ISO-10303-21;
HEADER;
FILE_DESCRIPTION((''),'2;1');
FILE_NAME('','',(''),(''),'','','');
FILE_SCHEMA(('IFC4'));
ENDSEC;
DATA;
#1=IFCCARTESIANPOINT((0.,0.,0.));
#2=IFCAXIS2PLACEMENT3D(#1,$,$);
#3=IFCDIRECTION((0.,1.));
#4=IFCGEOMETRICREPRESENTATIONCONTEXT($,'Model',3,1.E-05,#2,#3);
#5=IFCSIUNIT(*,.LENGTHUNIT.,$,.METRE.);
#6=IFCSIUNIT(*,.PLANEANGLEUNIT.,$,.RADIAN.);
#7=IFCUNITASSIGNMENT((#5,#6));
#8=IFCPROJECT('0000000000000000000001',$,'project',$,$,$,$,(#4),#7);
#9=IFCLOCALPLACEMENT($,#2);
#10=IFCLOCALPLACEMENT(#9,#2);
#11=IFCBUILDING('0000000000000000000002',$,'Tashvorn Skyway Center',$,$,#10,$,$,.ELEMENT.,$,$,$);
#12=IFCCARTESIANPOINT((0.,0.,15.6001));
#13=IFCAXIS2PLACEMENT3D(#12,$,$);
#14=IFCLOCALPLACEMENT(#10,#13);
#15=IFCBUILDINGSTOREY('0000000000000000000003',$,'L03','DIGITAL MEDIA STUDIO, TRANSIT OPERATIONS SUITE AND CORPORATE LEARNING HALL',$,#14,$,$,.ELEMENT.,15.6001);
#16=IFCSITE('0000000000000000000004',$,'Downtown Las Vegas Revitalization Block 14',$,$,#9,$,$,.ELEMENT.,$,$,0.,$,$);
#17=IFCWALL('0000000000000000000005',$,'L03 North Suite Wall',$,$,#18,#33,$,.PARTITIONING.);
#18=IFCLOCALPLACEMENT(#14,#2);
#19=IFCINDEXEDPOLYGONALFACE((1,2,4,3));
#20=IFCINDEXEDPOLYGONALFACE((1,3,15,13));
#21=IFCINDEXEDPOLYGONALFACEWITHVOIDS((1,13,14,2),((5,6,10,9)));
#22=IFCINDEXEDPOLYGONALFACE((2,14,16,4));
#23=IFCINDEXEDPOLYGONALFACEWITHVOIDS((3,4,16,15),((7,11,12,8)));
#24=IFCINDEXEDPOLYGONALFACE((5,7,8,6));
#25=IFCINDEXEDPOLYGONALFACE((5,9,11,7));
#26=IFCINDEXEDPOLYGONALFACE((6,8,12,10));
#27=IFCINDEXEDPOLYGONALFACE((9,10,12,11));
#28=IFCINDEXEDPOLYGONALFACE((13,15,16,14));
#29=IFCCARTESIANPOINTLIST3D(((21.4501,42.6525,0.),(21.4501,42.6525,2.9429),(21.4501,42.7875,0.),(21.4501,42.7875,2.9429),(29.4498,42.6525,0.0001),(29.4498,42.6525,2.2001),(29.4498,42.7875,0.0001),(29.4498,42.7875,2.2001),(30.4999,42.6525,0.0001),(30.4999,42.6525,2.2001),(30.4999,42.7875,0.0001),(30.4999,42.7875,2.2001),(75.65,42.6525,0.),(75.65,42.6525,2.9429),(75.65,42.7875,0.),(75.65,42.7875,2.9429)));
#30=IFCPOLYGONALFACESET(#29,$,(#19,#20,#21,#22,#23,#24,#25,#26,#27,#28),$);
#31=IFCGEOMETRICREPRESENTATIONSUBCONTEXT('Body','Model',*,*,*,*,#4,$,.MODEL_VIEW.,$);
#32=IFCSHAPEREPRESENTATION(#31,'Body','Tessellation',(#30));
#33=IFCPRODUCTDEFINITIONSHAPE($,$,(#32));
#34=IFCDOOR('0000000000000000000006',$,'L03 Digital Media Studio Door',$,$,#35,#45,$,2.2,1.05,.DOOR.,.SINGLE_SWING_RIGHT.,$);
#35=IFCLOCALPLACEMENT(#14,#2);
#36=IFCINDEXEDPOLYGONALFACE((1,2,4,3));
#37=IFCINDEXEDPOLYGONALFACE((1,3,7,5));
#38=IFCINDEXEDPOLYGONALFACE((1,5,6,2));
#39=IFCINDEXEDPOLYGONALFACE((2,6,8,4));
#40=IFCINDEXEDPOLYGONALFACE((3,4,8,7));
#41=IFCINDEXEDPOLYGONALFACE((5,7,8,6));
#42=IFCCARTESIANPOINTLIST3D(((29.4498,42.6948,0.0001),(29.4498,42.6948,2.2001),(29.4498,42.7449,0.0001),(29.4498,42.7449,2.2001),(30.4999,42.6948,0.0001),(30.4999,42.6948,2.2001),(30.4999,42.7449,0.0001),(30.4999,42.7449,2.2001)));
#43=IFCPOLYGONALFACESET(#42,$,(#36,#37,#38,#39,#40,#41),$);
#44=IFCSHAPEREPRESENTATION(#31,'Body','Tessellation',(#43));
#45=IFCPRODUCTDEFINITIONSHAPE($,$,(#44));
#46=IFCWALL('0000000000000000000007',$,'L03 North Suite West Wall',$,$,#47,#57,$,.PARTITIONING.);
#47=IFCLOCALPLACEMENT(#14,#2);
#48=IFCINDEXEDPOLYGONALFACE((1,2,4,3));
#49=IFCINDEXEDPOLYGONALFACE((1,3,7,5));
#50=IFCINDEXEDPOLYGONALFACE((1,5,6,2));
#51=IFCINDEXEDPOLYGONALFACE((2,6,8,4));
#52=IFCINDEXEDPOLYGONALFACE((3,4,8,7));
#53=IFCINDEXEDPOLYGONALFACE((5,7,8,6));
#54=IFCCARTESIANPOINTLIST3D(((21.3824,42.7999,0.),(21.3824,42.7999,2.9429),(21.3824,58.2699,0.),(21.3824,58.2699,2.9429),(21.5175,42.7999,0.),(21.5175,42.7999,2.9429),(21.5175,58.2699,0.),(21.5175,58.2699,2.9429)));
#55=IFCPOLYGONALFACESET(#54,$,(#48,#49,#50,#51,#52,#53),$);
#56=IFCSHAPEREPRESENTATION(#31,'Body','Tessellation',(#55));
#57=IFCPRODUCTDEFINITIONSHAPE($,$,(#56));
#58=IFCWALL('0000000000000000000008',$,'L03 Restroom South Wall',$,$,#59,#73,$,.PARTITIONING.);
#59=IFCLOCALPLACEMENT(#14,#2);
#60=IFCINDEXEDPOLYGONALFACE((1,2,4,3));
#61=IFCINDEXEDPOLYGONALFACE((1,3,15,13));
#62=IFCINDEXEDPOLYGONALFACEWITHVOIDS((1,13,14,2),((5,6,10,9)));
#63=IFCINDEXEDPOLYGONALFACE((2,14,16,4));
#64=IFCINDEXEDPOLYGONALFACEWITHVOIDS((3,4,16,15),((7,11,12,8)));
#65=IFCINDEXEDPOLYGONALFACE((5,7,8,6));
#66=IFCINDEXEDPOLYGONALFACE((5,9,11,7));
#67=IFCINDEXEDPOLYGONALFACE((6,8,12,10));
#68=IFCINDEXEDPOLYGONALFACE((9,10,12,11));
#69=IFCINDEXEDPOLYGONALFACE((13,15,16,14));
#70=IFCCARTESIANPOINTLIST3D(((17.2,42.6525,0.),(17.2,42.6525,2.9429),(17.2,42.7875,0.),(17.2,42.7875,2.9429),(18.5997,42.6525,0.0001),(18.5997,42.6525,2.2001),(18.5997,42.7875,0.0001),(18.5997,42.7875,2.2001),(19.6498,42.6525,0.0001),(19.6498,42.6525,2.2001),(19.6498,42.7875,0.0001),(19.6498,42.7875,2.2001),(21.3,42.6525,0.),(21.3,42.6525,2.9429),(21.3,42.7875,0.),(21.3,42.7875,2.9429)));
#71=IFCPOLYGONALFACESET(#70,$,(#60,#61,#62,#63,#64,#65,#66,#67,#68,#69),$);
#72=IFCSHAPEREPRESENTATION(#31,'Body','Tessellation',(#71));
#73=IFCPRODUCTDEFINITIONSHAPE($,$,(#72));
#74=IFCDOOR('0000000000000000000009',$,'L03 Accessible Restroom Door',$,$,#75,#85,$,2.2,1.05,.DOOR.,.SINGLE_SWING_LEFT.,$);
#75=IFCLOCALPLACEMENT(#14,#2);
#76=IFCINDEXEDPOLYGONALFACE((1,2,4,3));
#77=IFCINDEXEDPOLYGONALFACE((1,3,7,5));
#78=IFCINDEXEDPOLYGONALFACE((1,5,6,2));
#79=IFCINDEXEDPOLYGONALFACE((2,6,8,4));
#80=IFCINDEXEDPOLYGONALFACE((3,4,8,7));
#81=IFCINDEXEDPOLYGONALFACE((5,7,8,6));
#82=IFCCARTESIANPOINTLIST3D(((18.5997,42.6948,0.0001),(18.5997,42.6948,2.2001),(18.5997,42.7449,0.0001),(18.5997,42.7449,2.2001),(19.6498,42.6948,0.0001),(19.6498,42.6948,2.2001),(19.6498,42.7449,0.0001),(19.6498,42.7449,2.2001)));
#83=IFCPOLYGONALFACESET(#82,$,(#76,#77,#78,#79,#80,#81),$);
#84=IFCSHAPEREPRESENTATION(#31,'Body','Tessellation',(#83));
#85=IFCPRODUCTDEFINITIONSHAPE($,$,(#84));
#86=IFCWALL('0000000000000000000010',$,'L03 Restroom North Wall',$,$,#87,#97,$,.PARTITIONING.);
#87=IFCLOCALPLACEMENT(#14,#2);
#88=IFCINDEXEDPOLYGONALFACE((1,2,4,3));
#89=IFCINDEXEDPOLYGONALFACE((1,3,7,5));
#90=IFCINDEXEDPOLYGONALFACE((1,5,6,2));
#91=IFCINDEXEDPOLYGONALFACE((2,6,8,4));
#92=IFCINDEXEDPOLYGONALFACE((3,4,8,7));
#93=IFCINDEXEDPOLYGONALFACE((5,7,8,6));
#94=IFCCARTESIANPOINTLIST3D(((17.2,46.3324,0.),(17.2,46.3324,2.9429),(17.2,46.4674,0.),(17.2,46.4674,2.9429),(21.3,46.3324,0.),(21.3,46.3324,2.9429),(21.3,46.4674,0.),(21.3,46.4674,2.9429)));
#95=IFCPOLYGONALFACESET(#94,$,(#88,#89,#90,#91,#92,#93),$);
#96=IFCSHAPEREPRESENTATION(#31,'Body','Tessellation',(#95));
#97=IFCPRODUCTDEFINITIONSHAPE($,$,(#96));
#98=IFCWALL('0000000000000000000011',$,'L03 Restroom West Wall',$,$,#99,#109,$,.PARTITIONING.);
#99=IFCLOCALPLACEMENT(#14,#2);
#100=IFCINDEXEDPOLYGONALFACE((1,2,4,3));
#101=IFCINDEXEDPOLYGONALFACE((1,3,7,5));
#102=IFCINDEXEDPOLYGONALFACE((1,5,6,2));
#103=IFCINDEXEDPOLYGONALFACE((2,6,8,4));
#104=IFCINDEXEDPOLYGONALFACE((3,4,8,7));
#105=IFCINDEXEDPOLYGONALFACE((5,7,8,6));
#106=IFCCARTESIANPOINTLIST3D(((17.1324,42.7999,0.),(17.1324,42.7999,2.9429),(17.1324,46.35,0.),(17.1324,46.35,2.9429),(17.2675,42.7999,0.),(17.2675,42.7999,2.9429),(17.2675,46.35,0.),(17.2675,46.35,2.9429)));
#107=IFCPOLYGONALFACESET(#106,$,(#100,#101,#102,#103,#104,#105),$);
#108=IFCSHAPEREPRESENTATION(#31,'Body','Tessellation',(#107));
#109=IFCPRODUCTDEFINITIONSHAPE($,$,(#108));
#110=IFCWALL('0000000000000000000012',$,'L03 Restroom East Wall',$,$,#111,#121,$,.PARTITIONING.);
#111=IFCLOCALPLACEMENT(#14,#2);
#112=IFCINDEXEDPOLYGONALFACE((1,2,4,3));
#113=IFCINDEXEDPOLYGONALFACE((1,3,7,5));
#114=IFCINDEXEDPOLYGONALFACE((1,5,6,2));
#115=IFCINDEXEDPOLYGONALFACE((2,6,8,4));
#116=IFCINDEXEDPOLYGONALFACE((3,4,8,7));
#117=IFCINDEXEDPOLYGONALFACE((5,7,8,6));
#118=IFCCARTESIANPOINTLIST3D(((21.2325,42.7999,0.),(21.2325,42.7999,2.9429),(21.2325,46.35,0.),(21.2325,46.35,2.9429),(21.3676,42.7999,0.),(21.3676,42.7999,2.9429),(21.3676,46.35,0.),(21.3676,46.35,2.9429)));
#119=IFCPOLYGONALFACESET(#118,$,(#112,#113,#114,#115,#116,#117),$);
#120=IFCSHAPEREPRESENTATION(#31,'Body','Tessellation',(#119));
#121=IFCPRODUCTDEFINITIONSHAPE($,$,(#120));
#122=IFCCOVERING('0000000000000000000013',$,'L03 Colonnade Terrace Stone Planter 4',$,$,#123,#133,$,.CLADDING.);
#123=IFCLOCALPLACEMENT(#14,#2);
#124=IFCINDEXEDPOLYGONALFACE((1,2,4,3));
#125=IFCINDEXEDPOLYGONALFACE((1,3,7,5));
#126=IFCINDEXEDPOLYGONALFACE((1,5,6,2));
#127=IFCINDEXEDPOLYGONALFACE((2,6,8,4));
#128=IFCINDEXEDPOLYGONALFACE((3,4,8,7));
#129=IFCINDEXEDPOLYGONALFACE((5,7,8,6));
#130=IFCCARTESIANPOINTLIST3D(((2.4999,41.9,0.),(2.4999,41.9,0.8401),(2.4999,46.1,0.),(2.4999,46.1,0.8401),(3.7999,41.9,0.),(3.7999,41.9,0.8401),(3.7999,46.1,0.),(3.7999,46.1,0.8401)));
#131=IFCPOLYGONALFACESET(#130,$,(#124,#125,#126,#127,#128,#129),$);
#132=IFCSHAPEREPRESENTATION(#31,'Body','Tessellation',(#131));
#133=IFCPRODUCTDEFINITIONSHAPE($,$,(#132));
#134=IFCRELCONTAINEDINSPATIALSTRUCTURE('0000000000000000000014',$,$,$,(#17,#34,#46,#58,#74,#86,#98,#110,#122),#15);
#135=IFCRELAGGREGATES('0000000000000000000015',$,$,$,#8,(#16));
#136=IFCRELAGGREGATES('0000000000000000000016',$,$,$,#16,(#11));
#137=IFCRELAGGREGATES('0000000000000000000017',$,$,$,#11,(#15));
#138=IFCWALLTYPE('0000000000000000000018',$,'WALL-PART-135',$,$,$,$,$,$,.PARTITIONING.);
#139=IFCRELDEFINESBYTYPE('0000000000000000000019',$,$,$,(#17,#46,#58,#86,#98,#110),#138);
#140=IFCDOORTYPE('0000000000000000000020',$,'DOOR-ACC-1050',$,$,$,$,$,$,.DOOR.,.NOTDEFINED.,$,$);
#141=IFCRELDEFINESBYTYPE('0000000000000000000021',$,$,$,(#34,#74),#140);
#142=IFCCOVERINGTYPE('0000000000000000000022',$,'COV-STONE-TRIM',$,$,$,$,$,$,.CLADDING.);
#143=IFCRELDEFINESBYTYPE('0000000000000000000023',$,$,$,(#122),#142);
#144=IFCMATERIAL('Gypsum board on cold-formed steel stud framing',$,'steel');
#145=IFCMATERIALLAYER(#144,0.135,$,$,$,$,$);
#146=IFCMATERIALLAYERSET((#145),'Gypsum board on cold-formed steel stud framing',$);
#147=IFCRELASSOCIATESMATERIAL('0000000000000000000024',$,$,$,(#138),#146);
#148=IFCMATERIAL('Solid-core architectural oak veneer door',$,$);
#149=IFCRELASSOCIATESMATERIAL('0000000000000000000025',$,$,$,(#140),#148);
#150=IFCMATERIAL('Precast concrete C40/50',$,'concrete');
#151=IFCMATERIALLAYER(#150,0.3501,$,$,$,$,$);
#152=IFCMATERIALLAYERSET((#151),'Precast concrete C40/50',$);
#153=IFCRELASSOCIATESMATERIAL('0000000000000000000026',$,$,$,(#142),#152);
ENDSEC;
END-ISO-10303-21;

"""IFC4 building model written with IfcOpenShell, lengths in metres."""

from ifc_helpers import new_model, si_unit, direction, frame, frame_2d, origin, origin_2d, place, context, subcontext, project, spatial, rectangle, extrude, material, layer, layer_set, type_object, element, fill, save


model = new_model("IFC4")

# Units and contexts
model_context = context("Model", 3, precision=1e-05, world=origin(), true_north=direction((0.0, 1.0)))
body_context = subcontext(model_context, "Body", "Model", "MODEL_VIEW")
ifc_project = project(units=[si_unit("LENGTHUNIT", "METRE"), si_unit("PLANEANGLEUNIT", "RADIAN")], contexts=[model_context])

# Site, building, storey
site_placement = place(None, origin())
site = spatial("IfcSite", under=ifc_project, at=site_placement, Name="Downtown Las Vegas Revitalization Block 14", CompositionType="ELEMENT", RefElevation=0.0)
building_placement = place(site_placement, origin())
building = spatial("IfcBuilding", under=site, at=building_placement, Name="Tashvorn Skyway Center", CompositionType="ELEMENT")
storey_placement = place(building_placement, frame((0.0, 0.0, 15.6001)))
storey = spatial("IfcBuildingStorey", under=building, at=storey_placement, Name="L03", Description="DIGITAL MEDIA STUDIO, TRANSIT OPERATIONS SUITE AND CORPORATE LEARNING HALL", CompositionType="ELEMENT", Elevation=15.6001)

# Shared definitions
ifc_material_1 = material(Name="Precast concrete C40/50", Category="concrete")

# Shared definitions
ifc_material_2 = material(Name="Gypsum board on cold-formed steel stud framing", Category="steel")
ifc_layer_1 = layer(ifc_material_2, 0.135)
ifc_layer_set_1 = layer_set([ifc_layer_1], Name="Gypsum board on cold-formed steel stud framing")
wall_type_1 = type_object("IfcWallType", Name="WALL-PART-135", PredefinedType="PARTITIONING", material=ifc_layer_set_1)

# Wall, opening, door
wall_1_placement = place(storey_placement, frame((21.45, 42.72, 0.0), z_axis=(0.0, 0.0, 1.0), x_axis=(1.0, 0.0, 0.0)))
wall_1 = element("IfcWall", 1, at=wall_1_placement, inside=storey, type_object=wall_type_1, Name="L03 North Suite Wall", PredefinedType="PARTITIONING", context=body_context, shape_type="SweptSolid", body=[
    extrude(rectangle(XDim=54.2, YDim=0.135, at=frame_2d((27.1001, 0.0))), origin(), (0.0, 0.0, 1.0), 2.9429),
])
opening_1_placement = place(wall_1_placement, frame((8.0, 0.0, 0.0)))
opening_1 = element("IfcOpeningElement", 2, at=opening_1_placement, cuts=wall_1, PredefinedType="OPENING", context=body_context, shape_type="SweptSolid", body=[
    extrude(rectangle(XDim=1.05, YDim=2.2, at=frame_2d((0.5249, 1.1001))), frame((0.0, 0.0774, 0.0), z_axis=(0.0, -1.0, 0.0), x_axis=(1.0, 0.0, 0.0)), (0.0, 0.0, 1.0), 0.155),
])
ifc_material_3 = material(Name="Solid-core architectural oak veneer door")
door_type = type_object("IfcDoorType", Name="DOOR-ACC-1050", OperationType="NOTDEFINED", PredefinedType="DOOR", material=ifc_material_3)
door_1_placement = place(opening_1_placement, origin())
door_1 = element("IfcDoor", 3, at=door_1_placement, inside=storey, type_object=door_type, Name="L03 Digital Media Studio Door", OperationType="SINGLE_SWING_RIGHT", OverallHeight=2.2, OverallWidth=1.05, PredefinedType="DOOR", context=body_context, shape_type="SweptSolid", body=[
    extrude(rectangle(XDim=1.05, YDim=2.2, at=frame_2d((0.5249, 1.1001))), frame((0.0, 0.0249, 0.0), z_axis=(0.0, -1.0, 0.0), x_axis=(1.0, 0.0, 0.0)), (0.0, 0.0, 1.0), 0.05),
])
fill(opening_1, door_1)

# Wall
wall_2_placement = place(storey_placement, frame((21.45, 42.8, 0.0), z_axis=(0.0, 0.0, 1.0), x_axis=(0.0, 1.0, 0.0)))
element("IfcWall", 4, at=wall_2_placement, inside=storey, type_object=wall_type_1, Name="L03 North Suite West Wall", PredefinedType="PARTITIONING", context=body_context, shape_type="SweptSolid", body=[
    extrude(rectangle(XDim=15.47, YDim=0.135, at=frame_2d((7.7349, 0.0))), origin(), (0.0, 0.0, 1.0), 2.9429),
])

# Wall, opening, door
wall_3_placement = place(storey_placement, frame((17.2, 42.72, 0.0), z_axis=(0.0, 0.0, 1.0), x_axis=(1.0, 0.0, 0.0)))
wall_3 = element("IfcWall", 5, at=wall_3_placement, inside=storey, type_object=wall_type_1, Name="L03 Restroom South Wall", PredefinedType="PARTITIONING", context=body_context, shape_type="SweptSolid", body=[
    extrude(rectangle(XDim=4.1001, YDim=0.135, at=frame_2d((2.05, 0.0))), origin(), (0.0, 0.0, 1.0), 2.9429),
])
opening_2_placement = place(wall_3_placement, frame((1.3999, 0.0, 0.0)))
opening_2 = element("IfcOpeningElement", 6, at=opening_2_placement, cuts=wall_3, PredefinedType="OPENING", context=body_context, shape_type="SweptSolid", body=[
    extrude(rectangle(XDim=1.05, YDim=2.2, at=frame_2d((0.5249, 1.1001))), frame((0.0, 0.0774, 0.0), z_axis=(0.0, -1.0, 0.0), x_axis=(1.0, 0.0, 0.0)), (0.0, 0.0, 1.0), 0.155),
])
door_2_placement = place(opening_2_placement, origin())
door_2 = element("IfcDoor", 7, at=door_2_placement, inside=storey, type_object=door_type, Name="L03 Accessible Restroom Door", OperationType="SINGLE_SWING_LEFT", OverallHeight=2.2, OverallWidth=1.05, PredefinedType="DOOR", context=body_context, shape_type="SweptSolid", body=[
    extrude(rectangle(XDim=1.05, YDim=2.2, at=frame_2d((0.5249, 1.1001))), frame((0.0, 0.0249, 0.0), z_axis=(0.0, -1.0, 0.0), x_axis=(1.0, 0.0, 0.0)), (0.0, 0.0, 1.0), 0.05),
])
fill(opening_2, door_2)

# Walls
wall_4_placement = place(storey_placement, frame((17.2, 46.3999, 0.0), z_axis=(0.0, 0.0, 1.0), x_axis=(1.0, 0.0, 0.0)))
element("IfcWall", 8, at=wall_4_placement, inside=storey, type_object=wall_type_1, Name="L03 Restroom North Wall", PredefinedType="PARTITIONING", context=body_context, shape_type="SweptSolid", body=[
    extrude(rectangle(XDim=4.1001, YDim=0.135, at=frame_2d((2.05, 0.0))), origin(), (0.0, 0.0, 1.0), 2.9429),
])
for number, where, z_axis, x_axis, name in (
    (9, (17.2, 42.8, 0.0), (0.0, 0.0, 1.0), (0.0, 1.0, 0.0), "L03 Restroom West Wall"),
    (10, (21.3, 42.8, 0.0), (0.0, 0.0, 1.0), (0.0, 1.0, 0.0), "L03 Restroom East Wall"),
):
    element("IfcWall", number, at=place(storey_placement, frame(where, z_axis=z_axis, x_axis=x_axis)), inside=storey, type_object=wall_type_1, Name=name, PredefinedType="PARTITIONING", context=body_context, shape_type="SweptSolid", body=[
        extrude(rectangle(XDim=3.55, YDim=0.135, at=frame_2d((1.7749, 0.0))), origin(), (0.0, 0.0, 1.0), 2.9429),
    ])

# Covering
ifc_layer_2 = layer(ifc_material_1, 0.3501)
ifc_layer_set_2 = layer_set([ifc_layer_2], Name="Precast concrete C40/50")
covering_type = type_object("IfcCoveringType", Name="COV-STONE-TRIM", PredefinedType="CLADDING", material=ifc_layer_set_2)
covering_placement = place(storey_placement, frame((3.1499, 44.0, 0.0), z_axis=(0.0, 0.0, 1.0), x_axis=(1.0, 0.0, 0.0)))
element("IfcCovering", 11, at=covering_placement, inside=storey, type_object=covering_type, Name="L03 Colonnade Terrace Stone Planter 4", PredefinedType="CLADDING", context=body_context, shape_type="SweptSolid", body=[
    extrude(rectangle(XDim=1.3, YDim=4.2, at=origin_2d()), origin(), (0.0, 0.0, 1.0), 0.8401),
])

save(model, "model.ifc")
